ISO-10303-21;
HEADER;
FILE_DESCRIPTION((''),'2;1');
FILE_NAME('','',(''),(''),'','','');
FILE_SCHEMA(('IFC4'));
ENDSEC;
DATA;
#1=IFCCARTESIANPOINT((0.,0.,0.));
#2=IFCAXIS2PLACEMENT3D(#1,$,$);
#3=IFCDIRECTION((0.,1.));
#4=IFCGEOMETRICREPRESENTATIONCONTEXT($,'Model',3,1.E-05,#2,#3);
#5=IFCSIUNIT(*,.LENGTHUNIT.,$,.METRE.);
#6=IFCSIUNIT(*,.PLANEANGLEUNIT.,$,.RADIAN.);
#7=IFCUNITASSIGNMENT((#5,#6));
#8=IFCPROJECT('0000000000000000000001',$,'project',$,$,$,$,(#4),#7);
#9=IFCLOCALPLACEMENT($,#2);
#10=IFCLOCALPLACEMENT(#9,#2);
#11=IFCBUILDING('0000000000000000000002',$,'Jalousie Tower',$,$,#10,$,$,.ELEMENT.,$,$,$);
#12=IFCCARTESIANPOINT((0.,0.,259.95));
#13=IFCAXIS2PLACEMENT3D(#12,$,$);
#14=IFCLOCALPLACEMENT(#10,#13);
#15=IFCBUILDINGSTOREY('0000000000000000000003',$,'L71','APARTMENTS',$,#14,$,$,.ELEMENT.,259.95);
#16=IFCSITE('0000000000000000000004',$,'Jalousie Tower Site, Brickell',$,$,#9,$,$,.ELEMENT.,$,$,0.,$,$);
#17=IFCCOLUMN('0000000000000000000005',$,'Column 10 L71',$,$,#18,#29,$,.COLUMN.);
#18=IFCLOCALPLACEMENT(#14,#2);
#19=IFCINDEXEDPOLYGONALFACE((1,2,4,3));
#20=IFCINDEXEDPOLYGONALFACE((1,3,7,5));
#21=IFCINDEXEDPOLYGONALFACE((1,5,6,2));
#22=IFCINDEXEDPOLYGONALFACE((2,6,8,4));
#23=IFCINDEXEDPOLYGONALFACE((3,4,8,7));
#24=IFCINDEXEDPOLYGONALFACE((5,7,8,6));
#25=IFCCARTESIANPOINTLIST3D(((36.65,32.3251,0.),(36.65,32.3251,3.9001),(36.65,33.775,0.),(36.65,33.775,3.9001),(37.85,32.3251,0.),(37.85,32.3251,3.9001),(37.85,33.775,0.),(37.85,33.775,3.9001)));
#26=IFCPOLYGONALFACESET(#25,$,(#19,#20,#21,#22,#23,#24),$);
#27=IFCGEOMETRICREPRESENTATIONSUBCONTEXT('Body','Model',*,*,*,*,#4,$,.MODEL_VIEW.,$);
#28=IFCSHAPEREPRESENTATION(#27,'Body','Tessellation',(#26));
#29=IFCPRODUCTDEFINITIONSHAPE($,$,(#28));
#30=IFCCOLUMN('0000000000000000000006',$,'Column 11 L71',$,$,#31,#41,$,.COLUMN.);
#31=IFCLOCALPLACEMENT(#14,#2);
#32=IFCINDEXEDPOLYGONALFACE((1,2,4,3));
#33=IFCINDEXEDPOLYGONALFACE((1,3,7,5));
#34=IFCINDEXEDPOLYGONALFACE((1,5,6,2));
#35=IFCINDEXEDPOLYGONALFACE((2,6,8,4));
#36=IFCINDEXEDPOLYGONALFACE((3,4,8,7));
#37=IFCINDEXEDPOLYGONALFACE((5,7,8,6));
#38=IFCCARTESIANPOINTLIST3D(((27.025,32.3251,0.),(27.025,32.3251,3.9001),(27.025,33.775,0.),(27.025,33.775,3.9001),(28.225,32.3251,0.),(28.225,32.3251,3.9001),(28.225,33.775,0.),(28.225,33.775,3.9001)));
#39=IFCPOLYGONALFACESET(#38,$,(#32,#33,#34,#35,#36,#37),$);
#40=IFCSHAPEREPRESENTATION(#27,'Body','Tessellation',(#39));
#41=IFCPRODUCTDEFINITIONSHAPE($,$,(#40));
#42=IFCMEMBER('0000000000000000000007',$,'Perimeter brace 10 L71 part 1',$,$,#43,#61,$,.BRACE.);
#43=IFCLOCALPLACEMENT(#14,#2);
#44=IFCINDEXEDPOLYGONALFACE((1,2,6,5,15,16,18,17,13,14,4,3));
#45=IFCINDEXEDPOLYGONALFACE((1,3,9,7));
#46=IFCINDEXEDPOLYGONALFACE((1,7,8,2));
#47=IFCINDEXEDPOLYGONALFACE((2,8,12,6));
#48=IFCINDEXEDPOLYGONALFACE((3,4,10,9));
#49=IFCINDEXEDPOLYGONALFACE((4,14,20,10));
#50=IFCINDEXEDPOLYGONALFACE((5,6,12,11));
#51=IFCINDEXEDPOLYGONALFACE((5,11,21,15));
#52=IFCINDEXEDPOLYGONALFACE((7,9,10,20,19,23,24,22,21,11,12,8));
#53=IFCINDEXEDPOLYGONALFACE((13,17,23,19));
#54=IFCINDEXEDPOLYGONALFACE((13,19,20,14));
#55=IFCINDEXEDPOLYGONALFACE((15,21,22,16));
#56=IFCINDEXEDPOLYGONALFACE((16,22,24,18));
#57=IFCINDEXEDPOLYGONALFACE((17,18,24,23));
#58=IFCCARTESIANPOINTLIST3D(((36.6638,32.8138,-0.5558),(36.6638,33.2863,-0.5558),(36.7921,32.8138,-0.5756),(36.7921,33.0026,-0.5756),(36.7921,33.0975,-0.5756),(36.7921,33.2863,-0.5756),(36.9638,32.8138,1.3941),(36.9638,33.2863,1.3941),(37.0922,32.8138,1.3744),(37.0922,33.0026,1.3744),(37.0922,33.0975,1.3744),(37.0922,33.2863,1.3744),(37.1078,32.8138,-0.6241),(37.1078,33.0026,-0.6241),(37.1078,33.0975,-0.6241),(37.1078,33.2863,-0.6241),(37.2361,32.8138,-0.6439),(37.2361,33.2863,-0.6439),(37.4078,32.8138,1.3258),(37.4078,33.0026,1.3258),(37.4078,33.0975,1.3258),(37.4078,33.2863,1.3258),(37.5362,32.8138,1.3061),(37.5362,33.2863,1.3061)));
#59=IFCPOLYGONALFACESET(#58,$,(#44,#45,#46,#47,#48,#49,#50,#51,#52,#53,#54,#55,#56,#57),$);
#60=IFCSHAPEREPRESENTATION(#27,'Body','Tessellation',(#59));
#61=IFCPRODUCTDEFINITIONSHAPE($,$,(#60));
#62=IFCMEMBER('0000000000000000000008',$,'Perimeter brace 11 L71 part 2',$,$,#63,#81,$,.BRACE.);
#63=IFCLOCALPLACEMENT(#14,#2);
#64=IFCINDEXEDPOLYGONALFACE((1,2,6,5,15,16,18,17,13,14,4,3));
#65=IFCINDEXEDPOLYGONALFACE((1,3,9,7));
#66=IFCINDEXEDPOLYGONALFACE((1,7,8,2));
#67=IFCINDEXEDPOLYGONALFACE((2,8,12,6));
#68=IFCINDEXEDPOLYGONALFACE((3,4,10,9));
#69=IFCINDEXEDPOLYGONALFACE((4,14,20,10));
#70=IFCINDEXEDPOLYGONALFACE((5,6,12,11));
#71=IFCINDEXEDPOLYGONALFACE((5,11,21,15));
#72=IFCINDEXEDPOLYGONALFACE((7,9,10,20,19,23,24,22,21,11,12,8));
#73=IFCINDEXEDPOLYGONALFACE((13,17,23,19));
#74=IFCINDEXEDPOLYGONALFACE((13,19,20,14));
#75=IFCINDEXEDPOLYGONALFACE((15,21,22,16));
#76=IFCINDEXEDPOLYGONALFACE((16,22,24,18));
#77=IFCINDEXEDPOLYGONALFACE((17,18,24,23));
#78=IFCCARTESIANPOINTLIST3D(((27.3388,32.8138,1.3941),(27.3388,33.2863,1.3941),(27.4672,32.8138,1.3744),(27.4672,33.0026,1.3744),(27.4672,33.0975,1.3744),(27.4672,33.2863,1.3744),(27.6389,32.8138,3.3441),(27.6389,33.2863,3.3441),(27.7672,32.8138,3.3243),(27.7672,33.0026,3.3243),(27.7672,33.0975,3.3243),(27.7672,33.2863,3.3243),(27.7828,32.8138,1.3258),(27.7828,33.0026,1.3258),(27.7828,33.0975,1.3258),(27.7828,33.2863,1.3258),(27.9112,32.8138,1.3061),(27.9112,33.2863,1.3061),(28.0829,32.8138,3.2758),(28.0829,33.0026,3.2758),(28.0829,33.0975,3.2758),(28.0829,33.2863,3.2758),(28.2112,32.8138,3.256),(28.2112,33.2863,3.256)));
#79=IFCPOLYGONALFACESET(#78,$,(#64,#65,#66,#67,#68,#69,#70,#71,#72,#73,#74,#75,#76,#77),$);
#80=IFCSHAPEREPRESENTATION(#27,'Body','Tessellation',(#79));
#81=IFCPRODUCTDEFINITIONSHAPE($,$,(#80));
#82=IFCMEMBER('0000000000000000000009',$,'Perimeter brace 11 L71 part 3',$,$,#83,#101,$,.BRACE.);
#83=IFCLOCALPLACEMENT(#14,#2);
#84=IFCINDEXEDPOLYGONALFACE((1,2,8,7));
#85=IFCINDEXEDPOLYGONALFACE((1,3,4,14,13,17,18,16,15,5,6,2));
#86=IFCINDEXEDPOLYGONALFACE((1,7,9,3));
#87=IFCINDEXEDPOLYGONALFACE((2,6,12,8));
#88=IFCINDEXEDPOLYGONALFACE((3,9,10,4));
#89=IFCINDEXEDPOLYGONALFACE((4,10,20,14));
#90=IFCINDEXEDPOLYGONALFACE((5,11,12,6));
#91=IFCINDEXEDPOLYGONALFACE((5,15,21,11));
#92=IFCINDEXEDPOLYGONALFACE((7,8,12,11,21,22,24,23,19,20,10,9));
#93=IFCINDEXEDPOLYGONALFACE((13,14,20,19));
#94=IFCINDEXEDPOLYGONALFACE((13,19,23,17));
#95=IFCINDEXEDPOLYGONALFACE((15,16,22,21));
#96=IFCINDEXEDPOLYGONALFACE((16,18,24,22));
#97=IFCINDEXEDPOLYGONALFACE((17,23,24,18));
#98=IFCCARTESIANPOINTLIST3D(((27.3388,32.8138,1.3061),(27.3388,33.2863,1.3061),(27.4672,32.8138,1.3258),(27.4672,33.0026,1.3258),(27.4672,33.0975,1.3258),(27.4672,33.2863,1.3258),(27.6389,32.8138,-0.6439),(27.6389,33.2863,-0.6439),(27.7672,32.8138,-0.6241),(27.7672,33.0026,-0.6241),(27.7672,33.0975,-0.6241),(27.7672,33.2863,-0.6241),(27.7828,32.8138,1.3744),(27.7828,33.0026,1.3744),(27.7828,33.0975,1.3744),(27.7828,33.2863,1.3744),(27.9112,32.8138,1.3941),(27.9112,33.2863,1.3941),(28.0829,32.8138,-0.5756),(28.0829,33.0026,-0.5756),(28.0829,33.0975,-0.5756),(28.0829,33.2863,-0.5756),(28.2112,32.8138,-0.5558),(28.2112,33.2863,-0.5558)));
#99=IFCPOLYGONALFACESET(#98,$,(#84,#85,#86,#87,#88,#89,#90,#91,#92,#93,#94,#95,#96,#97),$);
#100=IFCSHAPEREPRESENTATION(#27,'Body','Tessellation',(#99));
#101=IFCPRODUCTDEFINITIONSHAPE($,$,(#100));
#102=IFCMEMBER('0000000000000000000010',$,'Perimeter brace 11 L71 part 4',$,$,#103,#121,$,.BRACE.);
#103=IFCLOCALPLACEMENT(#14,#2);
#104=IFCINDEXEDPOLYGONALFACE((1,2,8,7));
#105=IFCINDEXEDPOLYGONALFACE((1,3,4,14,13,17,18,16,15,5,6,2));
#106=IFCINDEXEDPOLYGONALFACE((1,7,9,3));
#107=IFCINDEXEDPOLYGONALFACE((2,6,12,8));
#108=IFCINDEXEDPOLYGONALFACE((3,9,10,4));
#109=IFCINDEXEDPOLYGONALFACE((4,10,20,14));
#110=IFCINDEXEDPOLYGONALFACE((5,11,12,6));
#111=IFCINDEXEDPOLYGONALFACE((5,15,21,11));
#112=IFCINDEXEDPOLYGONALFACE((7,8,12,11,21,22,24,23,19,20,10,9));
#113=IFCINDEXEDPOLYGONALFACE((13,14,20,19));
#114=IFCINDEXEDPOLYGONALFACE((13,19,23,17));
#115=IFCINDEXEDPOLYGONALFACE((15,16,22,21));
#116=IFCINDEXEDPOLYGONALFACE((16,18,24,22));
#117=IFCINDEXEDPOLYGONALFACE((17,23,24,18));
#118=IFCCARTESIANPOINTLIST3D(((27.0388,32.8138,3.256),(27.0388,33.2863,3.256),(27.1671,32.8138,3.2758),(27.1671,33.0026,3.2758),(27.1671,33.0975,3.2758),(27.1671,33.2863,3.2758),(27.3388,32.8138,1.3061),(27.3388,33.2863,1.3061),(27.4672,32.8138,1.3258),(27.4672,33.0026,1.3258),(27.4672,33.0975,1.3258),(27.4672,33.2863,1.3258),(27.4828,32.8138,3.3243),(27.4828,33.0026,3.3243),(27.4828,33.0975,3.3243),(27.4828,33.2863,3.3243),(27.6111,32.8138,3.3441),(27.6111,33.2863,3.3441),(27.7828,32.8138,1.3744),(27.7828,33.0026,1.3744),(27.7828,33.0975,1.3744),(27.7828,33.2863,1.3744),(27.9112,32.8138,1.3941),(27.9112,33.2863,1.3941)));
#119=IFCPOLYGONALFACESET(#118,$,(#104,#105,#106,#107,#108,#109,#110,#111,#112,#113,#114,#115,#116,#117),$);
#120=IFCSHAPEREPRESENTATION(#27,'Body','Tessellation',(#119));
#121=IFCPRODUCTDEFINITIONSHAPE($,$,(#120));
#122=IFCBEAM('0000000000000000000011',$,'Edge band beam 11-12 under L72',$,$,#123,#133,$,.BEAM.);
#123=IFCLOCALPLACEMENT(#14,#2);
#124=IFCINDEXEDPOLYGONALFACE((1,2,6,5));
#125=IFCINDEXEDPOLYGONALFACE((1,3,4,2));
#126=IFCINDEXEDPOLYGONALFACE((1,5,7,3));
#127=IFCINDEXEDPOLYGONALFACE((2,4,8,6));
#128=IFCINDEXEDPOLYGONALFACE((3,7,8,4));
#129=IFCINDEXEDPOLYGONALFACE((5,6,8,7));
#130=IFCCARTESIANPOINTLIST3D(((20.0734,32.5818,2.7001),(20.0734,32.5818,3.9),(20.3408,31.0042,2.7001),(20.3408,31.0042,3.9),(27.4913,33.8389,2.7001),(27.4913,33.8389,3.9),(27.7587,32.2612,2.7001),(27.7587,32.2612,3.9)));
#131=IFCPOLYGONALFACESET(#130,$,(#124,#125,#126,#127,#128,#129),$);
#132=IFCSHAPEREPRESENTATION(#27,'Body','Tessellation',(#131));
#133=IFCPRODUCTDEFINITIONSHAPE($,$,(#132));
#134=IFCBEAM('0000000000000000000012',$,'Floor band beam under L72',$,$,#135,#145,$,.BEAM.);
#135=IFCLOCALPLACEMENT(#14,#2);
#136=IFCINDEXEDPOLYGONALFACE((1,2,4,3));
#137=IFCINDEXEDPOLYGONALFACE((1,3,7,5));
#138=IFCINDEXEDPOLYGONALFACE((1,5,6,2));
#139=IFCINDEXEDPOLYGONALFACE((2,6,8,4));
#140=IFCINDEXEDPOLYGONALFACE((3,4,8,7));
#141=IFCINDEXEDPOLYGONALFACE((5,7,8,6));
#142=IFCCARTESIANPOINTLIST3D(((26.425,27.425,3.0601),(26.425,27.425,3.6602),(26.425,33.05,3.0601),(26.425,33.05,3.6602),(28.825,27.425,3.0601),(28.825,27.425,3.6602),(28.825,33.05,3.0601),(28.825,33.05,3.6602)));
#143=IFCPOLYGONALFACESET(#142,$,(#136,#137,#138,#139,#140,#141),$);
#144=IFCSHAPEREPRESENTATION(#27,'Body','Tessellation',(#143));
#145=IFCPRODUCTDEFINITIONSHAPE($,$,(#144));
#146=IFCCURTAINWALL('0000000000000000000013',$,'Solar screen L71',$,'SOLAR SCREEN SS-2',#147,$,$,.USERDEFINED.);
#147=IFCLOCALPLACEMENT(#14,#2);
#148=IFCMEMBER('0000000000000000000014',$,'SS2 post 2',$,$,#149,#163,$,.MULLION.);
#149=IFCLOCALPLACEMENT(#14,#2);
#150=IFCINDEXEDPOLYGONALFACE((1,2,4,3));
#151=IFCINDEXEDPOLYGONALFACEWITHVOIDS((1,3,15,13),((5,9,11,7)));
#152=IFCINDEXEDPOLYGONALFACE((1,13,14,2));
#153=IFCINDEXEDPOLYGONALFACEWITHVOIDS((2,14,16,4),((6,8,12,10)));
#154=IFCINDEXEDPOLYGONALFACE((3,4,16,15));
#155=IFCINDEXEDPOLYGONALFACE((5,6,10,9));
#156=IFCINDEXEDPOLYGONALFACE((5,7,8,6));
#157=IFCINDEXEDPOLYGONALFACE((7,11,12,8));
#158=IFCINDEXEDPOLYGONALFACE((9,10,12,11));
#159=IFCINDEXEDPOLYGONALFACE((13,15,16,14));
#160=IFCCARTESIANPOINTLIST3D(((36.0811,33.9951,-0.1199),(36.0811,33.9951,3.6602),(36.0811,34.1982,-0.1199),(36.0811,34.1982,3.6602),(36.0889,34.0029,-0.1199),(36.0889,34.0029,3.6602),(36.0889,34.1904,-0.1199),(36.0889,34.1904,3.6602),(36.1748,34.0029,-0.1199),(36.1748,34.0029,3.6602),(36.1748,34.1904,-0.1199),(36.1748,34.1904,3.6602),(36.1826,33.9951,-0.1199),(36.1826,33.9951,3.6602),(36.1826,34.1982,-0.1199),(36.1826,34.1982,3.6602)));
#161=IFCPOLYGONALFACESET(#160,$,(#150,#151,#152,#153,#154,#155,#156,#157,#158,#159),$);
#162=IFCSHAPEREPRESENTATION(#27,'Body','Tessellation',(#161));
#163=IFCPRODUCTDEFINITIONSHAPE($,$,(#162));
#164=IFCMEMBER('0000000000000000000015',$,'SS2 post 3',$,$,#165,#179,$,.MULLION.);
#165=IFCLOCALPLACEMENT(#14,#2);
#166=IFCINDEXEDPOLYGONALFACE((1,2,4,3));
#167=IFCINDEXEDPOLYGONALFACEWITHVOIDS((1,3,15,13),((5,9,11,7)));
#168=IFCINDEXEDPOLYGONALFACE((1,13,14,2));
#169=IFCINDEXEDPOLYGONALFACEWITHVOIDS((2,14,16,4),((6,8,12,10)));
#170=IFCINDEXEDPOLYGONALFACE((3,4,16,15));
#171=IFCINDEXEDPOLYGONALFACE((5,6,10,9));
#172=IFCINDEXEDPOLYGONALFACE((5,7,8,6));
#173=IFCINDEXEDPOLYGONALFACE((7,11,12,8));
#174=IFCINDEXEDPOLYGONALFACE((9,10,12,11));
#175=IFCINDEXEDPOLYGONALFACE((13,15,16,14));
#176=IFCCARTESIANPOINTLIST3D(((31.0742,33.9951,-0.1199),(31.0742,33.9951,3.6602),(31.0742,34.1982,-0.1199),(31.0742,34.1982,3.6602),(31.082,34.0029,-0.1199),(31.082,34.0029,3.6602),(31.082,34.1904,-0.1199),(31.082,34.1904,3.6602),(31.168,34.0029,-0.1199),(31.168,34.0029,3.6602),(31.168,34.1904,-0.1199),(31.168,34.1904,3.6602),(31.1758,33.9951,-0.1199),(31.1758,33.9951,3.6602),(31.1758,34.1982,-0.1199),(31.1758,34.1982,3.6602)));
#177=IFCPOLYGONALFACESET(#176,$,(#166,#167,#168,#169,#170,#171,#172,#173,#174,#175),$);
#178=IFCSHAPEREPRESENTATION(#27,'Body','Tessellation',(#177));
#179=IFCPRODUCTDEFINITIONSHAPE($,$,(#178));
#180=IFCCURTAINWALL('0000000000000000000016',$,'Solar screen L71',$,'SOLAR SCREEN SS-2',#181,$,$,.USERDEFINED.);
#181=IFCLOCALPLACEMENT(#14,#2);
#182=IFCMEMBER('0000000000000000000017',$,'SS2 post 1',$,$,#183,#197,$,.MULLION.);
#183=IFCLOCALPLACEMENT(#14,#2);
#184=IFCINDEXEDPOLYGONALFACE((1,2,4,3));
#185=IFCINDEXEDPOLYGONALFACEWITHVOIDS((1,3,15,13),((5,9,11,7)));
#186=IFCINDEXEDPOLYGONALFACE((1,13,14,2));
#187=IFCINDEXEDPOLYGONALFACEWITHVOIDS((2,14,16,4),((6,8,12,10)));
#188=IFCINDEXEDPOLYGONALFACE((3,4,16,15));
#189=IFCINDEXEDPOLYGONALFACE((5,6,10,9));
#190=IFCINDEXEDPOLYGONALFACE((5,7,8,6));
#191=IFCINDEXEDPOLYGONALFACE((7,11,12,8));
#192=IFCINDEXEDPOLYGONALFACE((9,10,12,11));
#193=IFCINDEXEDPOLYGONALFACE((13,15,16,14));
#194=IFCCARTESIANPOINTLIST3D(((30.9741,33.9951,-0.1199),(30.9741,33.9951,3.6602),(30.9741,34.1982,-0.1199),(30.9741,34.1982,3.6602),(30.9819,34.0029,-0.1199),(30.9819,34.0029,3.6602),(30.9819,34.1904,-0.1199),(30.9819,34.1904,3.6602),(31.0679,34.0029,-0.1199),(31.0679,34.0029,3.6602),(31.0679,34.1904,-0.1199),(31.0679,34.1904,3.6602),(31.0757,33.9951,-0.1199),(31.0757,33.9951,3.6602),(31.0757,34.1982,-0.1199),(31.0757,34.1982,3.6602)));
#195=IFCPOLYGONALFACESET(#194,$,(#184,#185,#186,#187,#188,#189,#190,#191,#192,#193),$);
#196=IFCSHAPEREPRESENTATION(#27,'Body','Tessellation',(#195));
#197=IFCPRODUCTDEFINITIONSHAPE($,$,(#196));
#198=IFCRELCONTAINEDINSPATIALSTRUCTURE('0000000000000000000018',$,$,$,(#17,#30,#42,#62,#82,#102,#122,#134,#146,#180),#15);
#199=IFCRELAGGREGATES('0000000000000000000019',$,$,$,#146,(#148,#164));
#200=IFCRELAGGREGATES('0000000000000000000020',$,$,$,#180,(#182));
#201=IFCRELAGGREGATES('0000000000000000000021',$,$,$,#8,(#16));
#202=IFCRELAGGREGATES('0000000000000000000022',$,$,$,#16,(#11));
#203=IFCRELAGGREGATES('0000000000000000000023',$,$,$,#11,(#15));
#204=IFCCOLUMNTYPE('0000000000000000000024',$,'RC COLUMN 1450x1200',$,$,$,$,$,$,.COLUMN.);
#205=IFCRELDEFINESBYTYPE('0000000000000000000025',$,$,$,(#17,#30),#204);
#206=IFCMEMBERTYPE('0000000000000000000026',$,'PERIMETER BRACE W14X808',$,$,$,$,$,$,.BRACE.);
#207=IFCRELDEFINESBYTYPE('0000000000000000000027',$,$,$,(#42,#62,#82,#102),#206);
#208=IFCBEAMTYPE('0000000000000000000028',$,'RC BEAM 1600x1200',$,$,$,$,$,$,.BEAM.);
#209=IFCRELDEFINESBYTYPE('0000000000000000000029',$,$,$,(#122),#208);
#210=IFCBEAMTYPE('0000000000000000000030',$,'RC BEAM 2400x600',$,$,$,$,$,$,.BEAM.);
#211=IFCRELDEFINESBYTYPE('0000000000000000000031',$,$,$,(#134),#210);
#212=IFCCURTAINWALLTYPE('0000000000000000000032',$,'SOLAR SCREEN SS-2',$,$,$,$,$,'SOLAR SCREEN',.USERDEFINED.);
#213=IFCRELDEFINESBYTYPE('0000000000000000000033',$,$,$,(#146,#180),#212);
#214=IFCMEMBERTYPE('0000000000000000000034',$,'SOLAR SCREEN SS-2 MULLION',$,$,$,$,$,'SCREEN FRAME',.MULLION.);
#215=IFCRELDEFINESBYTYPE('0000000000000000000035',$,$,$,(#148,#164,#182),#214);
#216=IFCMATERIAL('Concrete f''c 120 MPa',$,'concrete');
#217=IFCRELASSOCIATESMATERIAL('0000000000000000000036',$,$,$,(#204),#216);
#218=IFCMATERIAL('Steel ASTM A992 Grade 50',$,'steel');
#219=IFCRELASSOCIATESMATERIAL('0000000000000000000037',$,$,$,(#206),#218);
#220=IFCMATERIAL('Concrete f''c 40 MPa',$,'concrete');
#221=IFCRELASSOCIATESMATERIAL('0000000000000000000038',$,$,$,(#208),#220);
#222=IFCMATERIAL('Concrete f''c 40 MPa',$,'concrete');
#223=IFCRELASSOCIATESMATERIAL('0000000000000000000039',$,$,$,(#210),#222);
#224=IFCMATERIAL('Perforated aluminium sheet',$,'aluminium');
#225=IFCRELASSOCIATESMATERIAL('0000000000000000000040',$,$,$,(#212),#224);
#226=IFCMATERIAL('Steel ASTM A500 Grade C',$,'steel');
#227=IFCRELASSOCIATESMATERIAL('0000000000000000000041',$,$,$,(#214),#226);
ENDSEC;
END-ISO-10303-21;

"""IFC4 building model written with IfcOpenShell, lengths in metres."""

from ifc_helpers import new_model, si_unit, direction, frame, origin, origin_2d, place, context, subcontext, project, spatial, rectangle, hollow_rectangle, i_section, extrude, material, material_profile, profile_set, type_object, element, aggregate, save


model = new_model("IFC4")

# Units and contexts
model_context = context("Model", 3, precision=1e-05, world=origin(), true_north=direction((0.0, 1.0)))
body_context = subcontext(model_context, "Body", "Model", "MODEL_VIEW")
ifc_project = project(units=[si_unit("LENGTHUNIT", "METRE"), si_unit("PLANEANGLEUNIT", "RADIAN")], contexts=[model_context])

# Site, building, storey
site_placement = place(None, origin())
site = spatial("IfcSite", under=ifc_project, at=site_placement, Name="Jalousie Tower Site, Brickell", CompositionType="ELEMENT", RefElevation=0.0)
building_placement = place(site_placement, origin())
building = spatial("IfcBuilding", under=site, at=building_placement, Name="Jalousie Tower", CompositionType="ELEMENT")
storey_placement = place(building_placement, frame((0.0, 0.0, 259.95)))
storey = spatial("IfcBuildingStorey", under=building, at=storey_placement, Name="L71", Description="APARTMENTS", CompositionType="ELEMENT", Elevation=259.95)

# Columns
ifc_material_1 = material(Name="Concrete f'c 120 MPa", Category="concrete")
ifc_material_profile_1 = material_profile(ifc_material_1, rectangle(XDim=1.45, YDim=1.2, at=origin_2d()), Name="RC 1450x1200")
ifc_profile_set_1 = profile_set([ifc_material_profile_1], Name="Concrete f'c 120 MPa")
column_type = type_object("IfcColumnType", Name="RC COLUMN 1450x1200", PredefinedType="COLUMN", material=ifc_profile_set_1)
for number, where, z_axis, x_axis, name in (
    (1, (37.25, 33.05, 0.0), (0.0, 0.0, 1.0), (0.0, 1.0, 0.0), "Column 10 L71"),
    (2, (27.625, 33.05, 0.0), (0.0, 0.0, 1.0), (0.0, 1.0, 0.0), "Column 11 L71"),
):
    element("IfcColumn", number, at=place(storey_placement, frame(where, z_axis=z_axis, x_axis=x_axis)), inside=storey, type_object=column_type, Name=name, PredefinedType="COLUMN", context=body_context, shape_type="SweptSolid", body=[
        extrude(rectangle(XDim=1.45, YDim=1.2, at=origin_2d()), origin(), (0.0, 0.0, 1.0), 3.9001),
    ])

# Members
ifc_material_2 = material(Name="Steel ASTM A992 Grade 50", Category="steel")
ifc_material_profile_2 = material_profile(ifc_material_2, i_section(OverallWidth=0.4724, OverallDepth=0.5791, WebThickness=0.095, FlangeThickness=0.1299, at=origin_2d()), Name="W14X808")
ifc_profile_set_2 = profile_set([ifc_material_profile_2], Name="Steel ASTM A992 Grade 50")
member_type_1 = type_object("IfcMemberType", Name="PERIMETER BRACE W14X808", PredefinedType="BRACE", material=ifc_profile_set_2)
for number, where, z_axis, x_axis, name in (
    (3, (36.95, 33.05, -0.5999), (0.152085, 0.0, 0.988367), (0.0, 1.0, 0.0), "Perimeter brace 10 L71 part 1"),
    (4, (27.625, 33.05, 1.3501), (0.152085, 0.0, 0.988367), (0.0, 1.0, 0.0), "Perimeter brace 11 L71 part 2"),
    (5, (27.925, 33.05, -0.5999), (-0.152085, 0.0, 0.988367), (0.0, -1.0, 0.0), "Perimeter brace 11 L71 part 3"),
    (6, (27.625, 33.05, 1.3501), (-0.152085, 0.0, 0.988367), (0.0, -1.0, 0.0), "Perimeter brace 11 L71 part 4"),
):
    element("IfcMember", number, at=place(storey_placement, frame(where, z_axis=z_axis, x_axis=x_axis)), inside=storey, type_object=member_type_1, Name=name, PredefinedType="BRACE", context=body_context, shape_type="SweptSolid", body=[
        extrude(i_section(OverallWidth=0.4724, OverallDepth=0.5791, WebThickness=0.095, FlangeThickness=0.1299, at=origin_2d()), origin(), (0.0, 0.0, 1.0), 1.9729),
    ])

# Beams
ifc_material_3 = material(Name="Concrete f'c 40 MPa", Category="concrete")
ifc_material_profile_3 = material_profile(ifc_material_3, rectangle(XDim=1.6001, YDim=1.2, at=origin_2d()), Name="RC 1600x1200")
ifc_profile_set_3 = profile_set([ifc_material_profile_3], Name="Concrete f'c 40 MPa")
beam_type_1 = type_object("IfcBeamType", Name="RC BEAM 1600x1200", PredefinedType="BEAM", material=ifc_profile_set_3)
beam_1_placement = place(storey_placement, frame((27.625, 33.05, 3.3), z_axis=(-0.985943, -0.167082, 0.0), x_axis=(0.167082, -0.985943, 0.0)))
element("IfcBeam", 7, at=beam_1_placement, inside=storey, type_object=beam_type_1, Name="Edge band beam 11-12 under L72", PredefinedType="BEAM", context=body_context, shape_type="SweptSolid", body=[
    extrude(rectangle(XDim=1.6001, YDim=1.2, at=origin_2d()), origin(), (0.0, 0.0, 1.0), 7.5237),
])
ifc_material_4 = material(Name="Concrete f'c 40 MPa", Category="concrete")
ifc_material_profile_4 = material_profile(ifc_material_4, rectangle(XDim=2.3999, YDim=0.6001, at=origin_2d()), Name="RC 2400x600")
ifc_profile_set_4 = profile_set([ifc_material_profile_4], Name="Concrete f'c 40 MPa")
beam_type_2 = type_object("IfcBeamType", Name="RC BEAM 2400x600", PredefinedType="BEAM", material=ifc_profile_set_4)
beam_2_placement = place(storey_placement, frame((27.625, 33.05, 3.3601), z_axis=(0.0, -1.0, 0.0), x_axis=(1.0, 0.0, 0.0)))
element("IfcBeam", 8, at=beam_2_placement, inside=storey, type_object=beam_type_2, Name="Floor band beam under L72", PredefinedType="BEAM", context=body_context, shape_type="SweptSolid", body=[
    extrude(rectangle(XDim=2.3999, YDim=0.6001, at=origin_2d()), origin(), (0.0, 0.0, 1.0), 5.625),
])

# Curtain walls, members
ifc_material_5 = material(Name="Perforated aluminium sheet", Category="aluminium")
curtain_wall_type = type_object("IfcCurtainWallType", Name="SOLAR SCREEN SS-2", ElementType="SOLAR SCREEN", PredefinedType="USERDEFINED", material=ifc_material_5)
curtain_wall_1_placement = place(storey_placement, origin())
curtain_wall_1 = element("IfcCurtainWall", 9, at=curtain_wall_1_placement, inside=storey, type_object=curtain_wall_type, Name="Solar screen L71", ObjectType="SOLAR SCREEN SS-2", PredefinedType="USERDEFINED")
ifc_material_6 = material(Name="Steel ASTM A500 Grade C", Category="steel")
ifc_material_profile_5 = material_profile(ifc_material_6, hollow_rectangle(XDim=0.1016, YDim=0.2031, WallThickness=0.0078, at=origin_2d()), Name="HSS8X4X5/16")
ifc_profile_set_5 = profile_set([ifc_material_profile_5], Name="Steel ASTM A500 Grade C")
member_type_2 = type_object("IfcMemberType", Name="SOLAR SCREEN SS-2 MULLION", ElementType="SCREEN FRAME", PredefinedType="MULLION", material=ifc_profile_set_5)
member_1_placement = place(storey_placement, frame((36.1318, 34.0967, -0.1199), z_axis=(0.0, 0.0, 1.0), x_axis=(-1.0, 0.0, 0.0)))
member_1 = element("IfcMember", 10, at=member_1_placement, type_object=member_type_2, Name="SS2 post 2", PredefinedType="MULLION", context=body_context, shape_type="SweptSolid", body=[
    extrude(hollow_rectangle(XDim=0.1016, YDim=0.2031, WallThickness=0.0078, at=origin_2d()), origin(), (0.0, 0.0, 1.0), 3.78),
])
member_2_placement = place(storey_placement, frame((31.125, 34.0967, -0.1199), z_axis=(0.0, 0.0, 1.0), x_axis=(-1.0, 0.0, 0.0)))
member_2 = element("IfcMember", 11, at=member_2_placement, type_object=member_type_2, Name="SS2 post 3", PredefinedType="MULLION", context=body_context, shape_type="SweptSolid", body=[
    extrude(hollow_rectangle(XDim=0.1016, YDim=0.2031, WallThickness=0.0078, at=origin_2d()), origin(), (0.0, 0.0, 1.0), 3.78),
])
curtain_wall_2_placement = place(storey_placement, origin())
curtain_wall_2 = element("IfcCurtainWall", 12, at=curtain_wall_2_placement, inside=storey, type_object=curtain_wall_type, Name="Solar screen L71", ObjectType="SOLAR SCREEN SS-2", PredefinedType="USERDEFINED")
member_3_placement = place(storey_placement, frame((31.0249, 34.0967, -0.1199), z_axis=(0.0, 0.0, 1.0), x_axis=(-1.0, 0.0, 0.0)))
member_3 = element("IfcMember", 13, at=member_3_placement, type_object=member_type_2, Name="SS2 post 1", PredefinedType="MULLION", context=body_context, shape_type="SweptSolid", body=[
    extrude(hollow_rectangle(XDim=0.1016, YDim=0.2031, WallThickness=0.0078, at=origin_2d()), origin(), (0.0, 0.0, 1.0), 3.78),
])

aggregate(curtain_wall_1, [member_1, member_2])
aggregate(curtain_wall_2, [member_3])

save(model, "model.ifc")
